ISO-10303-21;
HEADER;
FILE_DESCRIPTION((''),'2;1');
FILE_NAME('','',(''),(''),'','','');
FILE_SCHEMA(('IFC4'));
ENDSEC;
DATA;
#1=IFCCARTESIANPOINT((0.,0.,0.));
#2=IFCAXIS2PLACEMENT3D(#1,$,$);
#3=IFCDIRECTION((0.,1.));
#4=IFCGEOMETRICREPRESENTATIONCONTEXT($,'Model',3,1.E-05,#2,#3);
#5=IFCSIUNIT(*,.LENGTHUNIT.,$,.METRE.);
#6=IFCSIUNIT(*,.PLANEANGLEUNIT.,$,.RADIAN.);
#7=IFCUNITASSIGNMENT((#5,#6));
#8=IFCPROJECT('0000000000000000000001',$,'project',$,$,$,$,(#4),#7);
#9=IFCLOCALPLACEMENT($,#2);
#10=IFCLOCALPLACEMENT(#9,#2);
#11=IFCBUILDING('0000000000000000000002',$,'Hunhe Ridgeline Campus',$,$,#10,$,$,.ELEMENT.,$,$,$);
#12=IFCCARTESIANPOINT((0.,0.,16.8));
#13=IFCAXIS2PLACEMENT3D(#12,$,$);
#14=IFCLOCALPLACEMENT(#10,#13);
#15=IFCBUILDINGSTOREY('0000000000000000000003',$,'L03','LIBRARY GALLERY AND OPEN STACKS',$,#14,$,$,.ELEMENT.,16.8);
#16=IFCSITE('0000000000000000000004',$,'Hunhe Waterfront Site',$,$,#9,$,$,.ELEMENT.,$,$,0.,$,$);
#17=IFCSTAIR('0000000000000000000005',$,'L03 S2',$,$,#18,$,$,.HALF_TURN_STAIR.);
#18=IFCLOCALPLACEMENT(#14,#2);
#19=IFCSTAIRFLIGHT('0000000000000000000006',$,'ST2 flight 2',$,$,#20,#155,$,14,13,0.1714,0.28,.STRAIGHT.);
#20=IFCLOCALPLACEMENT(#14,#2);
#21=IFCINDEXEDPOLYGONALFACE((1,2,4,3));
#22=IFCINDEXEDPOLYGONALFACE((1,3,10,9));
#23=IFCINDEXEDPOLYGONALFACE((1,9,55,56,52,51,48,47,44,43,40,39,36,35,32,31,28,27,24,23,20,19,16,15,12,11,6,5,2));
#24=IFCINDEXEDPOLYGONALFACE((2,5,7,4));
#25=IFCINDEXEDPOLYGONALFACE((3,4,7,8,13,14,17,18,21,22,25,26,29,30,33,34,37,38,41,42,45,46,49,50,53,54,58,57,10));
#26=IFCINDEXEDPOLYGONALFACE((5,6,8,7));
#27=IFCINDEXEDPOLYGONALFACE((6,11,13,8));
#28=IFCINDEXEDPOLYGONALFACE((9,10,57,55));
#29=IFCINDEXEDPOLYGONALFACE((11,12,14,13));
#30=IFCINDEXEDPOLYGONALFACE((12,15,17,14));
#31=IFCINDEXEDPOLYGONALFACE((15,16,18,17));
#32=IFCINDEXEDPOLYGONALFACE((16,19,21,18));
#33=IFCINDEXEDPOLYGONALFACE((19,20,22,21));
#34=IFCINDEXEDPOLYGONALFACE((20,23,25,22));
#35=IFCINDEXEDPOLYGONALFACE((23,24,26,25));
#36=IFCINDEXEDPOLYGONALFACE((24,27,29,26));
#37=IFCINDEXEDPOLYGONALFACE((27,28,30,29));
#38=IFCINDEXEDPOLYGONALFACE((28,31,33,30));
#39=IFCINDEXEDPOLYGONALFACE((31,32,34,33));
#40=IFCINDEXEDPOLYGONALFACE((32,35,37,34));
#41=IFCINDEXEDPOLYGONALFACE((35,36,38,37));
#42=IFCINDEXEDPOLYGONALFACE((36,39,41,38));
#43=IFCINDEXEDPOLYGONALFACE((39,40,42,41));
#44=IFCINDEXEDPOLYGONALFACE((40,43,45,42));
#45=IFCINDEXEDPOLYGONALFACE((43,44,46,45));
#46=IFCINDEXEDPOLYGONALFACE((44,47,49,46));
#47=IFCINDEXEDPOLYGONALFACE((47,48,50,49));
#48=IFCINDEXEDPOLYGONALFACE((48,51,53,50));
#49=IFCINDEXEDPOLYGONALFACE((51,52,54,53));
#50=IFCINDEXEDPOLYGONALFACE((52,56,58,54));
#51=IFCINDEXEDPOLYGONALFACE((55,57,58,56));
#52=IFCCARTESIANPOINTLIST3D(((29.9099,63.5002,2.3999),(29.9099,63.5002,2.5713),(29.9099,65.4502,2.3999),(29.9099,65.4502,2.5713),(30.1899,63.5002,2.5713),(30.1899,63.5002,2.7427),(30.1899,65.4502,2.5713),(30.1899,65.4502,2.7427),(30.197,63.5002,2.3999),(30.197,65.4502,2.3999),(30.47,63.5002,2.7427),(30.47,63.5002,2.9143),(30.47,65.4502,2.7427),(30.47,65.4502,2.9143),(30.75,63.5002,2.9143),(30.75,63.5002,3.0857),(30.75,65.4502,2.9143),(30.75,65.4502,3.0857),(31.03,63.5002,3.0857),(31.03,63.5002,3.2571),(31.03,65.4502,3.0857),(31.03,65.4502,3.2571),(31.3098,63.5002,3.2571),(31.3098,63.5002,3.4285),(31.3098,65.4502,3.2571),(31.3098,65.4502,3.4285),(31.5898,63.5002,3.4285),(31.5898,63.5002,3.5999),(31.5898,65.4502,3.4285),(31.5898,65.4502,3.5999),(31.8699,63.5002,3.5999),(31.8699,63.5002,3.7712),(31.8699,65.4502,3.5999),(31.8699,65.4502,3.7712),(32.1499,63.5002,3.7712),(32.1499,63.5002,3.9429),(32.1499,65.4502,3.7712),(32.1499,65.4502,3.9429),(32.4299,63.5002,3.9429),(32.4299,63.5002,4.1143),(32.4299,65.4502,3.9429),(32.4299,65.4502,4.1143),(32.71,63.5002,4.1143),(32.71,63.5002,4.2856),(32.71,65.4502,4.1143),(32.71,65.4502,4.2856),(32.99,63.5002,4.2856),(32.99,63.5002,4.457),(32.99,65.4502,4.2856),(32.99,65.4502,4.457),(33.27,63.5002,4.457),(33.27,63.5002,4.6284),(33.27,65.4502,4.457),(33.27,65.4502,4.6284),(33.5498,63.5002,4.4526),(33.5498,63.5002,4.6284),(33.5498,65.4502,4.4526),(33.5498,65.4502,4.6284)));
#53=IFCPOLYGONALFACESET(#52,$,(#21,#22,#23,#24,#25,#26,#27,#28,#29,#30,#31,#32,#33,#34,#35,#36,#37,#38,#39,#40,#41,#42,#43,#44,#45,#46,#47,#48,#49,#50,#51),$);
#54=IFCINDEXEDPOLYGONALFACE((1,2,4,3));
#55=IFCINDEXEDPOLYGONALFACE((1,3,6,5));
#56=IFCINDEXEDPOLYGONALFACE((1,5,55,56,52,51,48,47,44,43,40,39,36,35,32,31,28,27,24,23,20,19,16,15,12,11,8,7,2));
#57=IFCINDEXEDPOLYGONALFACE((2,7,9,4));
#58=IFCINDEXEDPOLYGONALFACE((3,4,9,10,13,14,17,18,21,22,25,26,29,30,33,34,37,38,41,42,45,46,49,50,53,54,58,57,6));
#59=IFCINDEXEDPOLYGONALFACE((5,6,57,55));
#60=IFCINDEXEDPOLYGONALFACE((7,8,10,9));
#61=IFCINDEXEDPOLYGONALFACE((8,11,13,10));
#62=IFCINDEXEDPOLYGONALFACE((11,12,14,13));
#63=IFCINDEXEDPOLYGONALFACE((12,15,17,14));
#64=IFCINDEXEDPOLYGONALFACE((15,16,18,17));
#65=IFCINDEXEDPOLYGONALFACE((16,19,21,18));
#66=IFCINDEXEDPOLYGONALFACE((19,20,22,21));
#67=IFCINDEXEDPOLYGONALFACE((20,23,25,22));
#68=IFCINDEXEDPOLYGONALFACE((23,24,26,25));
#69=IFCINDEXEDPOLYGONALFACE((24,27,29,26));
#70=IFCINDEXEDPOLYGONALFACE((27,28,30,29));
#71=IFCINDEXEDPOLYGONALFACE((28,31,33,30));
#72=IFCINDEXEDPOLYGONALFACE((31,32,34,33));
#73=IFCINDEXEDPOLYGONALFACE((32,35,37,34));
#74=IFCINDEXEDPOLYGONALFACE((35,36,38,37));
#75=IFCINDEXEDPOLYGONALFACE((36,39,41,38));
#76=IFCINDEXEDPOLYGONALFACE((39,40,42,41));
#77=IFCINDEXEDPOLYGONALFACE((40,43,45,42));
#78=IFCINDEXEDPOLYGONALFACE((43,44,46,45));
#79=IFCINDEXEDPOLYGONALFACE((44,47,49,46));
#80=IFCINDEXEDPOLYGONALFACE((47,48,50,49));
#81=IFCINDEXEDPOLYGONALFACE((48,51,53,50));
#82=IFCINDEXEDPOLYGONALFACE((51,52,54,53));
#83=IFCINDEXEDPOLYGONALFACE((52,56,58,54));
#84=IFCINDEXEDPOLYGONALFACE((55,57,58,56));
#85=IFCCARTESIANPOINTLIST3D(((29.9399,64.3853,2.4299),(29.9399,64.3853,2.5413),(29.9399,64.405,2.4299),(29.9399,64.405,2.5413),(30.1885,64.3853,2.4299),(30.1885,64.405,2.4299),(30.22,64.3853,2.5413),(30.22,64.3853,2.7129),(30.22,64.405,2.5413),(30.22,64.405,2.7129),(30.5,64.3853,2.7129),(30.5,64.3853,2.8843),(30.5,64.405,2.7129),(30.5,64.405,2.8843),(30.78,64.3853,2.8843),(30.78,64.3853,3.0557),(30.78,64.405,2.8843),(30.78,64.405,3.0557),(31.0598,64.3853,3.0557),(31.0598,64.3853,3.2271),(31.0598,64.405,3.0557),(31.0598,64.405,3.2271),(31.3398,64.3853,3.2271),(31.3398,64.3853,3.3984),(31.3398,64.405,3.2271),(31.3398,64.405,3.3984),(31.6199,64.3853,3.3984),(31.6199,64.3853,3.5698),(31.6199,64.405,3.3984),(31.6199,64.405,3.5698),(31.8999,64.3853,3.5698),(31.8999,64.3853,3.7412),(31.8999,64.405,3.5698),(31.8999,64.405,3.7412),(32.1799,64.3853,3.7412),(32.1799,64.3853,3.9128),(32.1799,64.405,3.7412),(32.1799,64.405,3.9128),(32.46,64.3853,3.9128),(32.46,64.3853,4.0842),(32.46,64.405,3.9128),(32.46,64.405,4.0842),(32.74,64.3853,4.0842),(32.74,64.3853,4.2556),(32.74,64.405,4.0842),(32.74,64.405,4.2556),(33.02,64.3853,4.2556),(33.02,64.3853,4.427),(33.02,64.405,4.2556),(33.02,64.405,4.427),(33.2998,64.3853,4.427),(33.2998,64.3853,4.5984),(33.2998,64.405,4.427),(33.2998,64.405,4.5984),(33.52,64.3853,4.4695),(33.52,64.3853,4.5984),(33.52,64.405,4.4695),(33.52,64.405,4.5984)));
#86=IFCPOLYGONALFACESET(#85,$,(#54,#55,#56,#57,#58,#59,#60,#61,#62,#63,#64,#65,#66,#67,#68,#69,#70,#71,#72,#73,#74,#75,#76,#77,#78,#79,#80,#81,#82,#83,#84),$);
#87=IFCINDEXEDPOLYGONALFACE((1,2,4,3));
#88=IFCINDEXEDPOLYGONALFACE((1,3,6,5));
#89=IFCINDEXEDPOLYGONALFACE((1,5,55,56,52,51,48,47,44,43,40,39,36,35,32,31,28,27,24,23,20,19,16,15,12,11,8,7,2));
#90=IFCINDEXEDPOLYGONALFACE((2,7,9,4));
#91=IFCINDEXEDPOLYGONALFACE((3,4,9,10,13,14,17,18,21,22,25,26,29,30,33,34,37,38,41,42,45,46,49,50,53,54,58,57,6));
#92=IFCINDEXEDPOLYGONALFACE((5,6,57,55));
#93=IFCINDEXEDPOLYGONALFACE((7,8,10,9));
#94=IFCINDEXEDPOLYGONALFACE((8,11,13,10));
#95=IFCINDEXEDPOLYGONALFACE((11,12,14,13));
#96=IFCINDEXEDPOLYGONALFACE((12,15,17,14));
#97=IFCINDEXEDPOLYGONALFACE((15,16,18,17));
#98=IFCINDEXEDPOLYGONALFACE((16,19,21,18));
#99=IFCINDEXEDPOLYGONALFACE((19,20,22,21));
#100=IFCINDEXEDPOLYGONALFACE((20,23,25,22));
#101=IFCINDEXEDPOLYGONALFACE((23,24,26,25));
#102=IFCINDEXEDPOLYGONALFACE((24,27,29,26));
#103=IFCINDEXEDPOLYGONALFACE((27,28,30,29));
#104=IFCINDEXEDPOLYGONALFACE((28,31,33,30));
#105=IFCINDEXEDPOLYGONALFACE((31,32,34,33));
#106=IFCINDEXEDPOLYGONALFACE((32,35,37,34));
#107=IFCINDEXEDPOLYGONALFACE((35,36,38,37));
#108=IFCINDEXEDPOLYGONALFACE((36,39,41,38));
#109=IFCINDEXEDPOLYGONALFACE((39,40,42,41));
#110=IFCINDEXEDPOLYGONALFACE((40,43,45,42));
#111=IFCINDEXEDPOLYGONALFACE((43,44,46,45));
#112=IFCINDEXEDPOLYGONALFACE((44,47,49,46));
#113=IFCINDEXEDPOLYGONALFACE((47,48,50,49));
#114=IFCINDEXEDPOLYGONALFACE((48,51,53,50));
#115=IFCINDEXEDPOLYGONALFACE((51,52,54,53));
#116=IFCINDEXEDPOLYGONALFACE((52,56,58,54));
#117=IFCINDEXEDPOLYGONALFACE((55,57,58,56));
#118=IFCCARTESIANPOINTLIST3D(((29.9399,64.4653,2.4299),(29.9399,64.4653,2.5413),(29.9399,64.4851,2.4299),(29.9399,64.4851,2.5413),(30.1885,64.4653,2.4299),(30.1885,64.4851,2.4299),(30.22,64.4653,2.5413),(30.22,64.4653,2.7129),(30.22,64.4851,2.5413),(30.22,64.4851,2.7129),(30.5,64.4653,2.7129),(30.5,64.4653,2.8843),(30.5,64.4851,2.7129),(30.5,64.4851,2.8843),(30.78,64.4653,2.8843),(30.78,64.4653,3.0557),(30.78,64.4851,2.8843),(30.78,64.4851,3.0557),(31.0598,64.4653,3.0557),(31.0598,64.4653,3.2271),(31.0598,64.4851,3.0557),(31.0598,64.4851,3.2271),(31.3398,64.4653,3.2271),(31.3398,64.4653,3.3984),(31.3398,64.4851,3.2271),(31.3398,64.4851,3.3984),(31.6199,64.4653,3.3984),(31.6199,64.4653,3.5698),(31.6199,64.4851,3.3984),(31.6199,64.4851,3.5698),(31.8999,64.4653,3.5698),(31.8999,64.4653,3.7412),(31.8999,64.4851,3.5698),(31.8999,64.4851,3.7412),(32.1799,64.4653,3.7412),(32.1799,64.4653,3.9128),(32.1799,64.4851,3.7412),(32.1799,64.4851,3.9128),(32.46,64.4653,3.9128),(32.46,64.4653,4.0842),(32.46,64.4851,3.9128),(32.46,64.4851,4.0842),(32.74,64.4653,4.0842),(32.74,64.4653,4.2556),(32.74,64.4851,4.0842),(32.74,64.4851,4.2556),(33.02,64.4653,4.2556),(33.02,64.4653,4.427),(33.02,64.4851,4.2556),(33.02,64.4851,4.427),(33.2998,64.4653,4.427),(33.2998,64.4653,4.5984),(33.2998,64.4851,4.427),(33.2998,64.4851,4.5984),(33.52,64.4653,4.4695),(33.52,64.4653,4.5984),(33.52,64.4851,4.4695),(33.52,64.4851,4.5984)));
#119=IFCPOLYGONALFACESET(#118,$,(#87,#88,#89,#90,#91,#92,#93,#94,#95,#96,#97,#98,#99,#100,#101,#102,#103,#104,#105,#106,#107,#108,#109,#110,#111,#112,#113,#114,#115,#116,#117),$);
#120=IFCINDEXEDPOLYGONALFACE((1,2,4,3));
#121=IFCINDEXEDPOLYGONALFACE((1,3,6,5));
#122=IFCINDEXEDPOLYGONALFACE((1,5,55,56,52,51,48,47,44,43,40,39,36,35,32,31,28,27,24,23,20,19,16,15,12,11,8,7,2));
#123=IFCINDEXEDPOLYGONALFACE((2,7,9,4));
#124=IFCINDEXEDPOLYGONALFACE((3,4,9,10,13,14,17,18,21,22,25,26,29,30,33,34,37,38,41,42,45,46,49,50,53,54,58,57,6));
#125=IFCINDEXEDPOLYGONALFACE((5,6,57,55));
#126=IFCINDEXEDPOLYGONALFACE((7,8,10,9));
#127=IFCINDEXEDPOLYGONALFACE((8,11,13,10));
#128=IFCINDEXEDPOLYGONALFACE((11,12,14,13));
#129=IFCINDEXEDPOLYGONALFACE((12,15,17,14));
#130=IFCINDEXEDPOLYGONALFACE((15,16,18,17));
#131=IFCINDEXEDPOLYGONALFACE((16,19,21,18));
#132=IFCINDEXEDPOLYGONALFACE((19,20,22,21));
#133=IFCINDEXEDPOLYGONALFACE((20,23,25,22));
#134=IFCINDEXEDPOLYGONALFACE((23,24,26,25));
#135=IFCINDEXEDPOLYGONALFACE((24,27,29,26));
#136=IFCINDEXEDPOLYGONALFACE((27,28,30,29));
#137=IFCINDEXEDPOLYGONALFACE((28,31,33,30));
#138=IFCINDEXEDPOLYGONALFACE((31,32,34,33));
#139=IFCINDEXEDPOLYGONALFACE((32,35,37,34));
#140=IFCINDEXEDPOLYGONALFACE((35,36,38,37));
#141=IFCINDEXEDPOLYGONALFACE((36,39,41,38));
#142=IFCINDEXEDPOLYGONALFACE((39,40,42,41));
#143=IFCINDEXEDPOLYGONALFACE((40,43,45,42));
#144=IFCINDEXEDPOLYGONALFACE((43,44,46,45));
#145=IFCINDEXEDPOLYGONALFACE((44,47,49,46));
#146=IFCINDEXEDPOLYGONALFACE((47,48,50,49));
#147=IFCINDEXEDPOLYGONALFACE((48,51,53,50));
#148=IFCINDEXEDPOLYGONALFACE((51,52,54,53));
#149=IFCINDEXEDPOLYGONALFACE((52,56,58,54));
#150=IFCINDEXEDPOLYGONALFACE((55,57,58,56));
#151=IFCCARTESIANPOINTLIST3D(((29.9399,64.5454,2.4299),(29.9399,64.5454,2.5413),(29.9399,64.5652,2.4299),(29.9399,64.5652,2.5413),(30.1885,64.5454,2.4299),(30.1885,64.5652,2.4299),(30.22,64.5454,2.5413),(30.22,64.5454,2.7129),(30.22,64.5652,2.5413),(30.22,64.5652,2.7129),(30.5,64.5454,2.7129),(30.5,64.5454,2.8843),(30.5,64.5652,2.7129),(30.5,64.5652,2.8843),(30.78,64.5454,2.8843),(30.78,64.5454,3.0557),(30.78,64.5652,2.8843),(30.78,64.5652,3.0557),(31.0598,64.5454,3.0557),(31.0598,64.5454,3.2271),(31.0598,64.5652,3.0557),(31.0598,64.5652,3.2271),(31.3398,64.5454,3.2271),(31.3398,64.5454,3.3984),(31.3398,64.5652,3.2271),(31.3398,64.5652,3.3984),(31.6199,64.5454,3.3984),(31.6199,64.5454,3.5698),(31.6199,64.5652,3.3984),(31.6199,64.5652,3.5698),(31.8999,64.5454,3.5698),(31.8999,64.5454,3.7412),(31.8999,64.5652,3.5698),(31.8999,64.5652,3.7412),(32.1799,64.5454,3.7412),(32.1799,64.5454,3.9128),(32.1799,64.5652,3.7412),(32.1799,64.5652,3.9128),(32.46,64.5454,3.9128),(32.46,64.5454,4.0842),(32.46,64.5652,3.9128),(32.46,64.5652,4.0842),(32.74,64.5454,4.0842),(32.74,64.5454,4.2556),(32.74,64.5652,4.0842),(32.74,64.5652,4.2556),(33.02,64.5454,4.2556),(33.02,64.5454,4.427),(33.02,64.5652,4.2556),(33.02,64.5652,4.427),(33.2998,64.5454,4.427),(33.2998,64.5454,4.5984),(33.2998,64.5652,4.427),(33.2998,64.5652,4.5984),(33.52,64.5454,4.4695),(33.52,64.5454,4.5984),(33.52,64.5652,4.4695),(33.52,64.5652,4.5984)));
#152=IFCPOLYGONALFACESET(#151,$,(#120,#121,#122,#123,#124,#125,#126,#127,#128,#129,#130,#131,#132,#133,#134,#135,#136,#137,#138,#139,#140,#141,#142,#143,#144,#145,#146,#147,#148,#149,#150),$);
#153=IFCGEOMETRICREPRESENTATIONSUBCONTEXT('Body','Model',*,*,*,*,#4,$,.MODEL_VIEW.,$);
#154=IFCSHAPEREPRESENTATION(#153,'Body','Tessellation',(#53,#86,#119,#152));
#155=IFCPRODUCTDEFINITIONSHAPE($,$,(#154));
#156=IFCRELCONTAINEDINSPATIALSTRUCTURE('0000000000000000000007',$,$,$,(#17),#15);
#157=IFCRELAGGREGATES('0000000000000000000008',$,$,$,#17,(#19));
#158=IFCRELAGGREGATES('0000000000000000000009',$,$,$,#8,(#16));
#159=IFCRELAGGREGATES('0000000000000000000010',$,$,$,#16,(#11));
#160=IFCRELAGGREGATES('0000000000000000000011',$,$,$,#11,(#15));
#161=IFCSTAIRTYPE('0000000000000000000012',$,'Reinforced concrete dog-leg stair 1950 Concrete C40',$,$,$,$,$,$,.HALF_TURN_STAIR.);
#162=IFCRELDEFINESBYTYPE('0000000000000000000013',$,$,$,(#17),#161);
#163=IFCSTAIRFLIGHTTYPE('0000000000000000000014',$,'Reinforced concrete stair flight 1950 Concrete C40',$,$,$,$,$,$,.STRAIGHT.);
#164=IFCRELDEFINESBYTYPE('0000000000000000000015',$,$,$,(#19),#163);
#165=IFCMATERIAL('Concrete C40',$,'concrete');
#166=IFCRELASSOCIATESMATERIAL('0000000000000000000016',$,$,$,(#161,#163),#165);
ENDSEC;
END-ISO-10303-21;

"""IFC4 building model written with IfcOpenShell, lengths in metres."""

from ifc_helpers import new_model, si_unit, direction, frame, origin, place, context, subcontext, project, spatial, polyline, outline, extrude, material, type_object, element, aggregate, save


model = new_model("IFC4")

# Units and contexts
model_context = context("Model", 3, precision=1e-05, world=origin(), true_north=direction((0.0, 1.0)))
body_context = subcontext(model_context, "Body", "Model", "MODEL_VIEW")
ifc_project = project(units=[si_unit("LENGTHUNIT", "METRE"), si_unit("PLANEANGLEUNIT", "RADIAN")], contexts=[model_context])

# Site, building, storey
site_placement = place(None, origin())
site = spatial("IfcSite", under=ifc_project, at=site_placement, Name="Hunhe Waterfront Site", CompositionType="ELEMENT", RefElevation=0.0)
building_placement = place(site_placement, origin())
building = spatial("IfcBuilding", under=site, at=building_placement, Name="Hunhe Ridgeline Campus", CompositionType="ELEMENT")
storey_placement = place(building_placement, frame((0.0, 0.0, 16.8)))
storey = spatial("IfcBuildingStorey", under=building, at=storey_placement, Name="L03", Description="LIBRARY GALLERY AND OPEN STACKS", CompositionType="ELEMENT", Elevation=16.8)

# Stair, stair flight
ifc_material_1 = material(Name="Concrete C40", Category="concrete")
stair_type = type_object("IfcStairType", Name="Reinforced concrete dog-leg stair 1950 Concrete C40", PredefinedType="HALF_TURN_STAIR", material=ifc_material_1)
stair_placement = place(storey_placement, origin())
stair = element("IfcStair", 1, at=stair_placement, inside=storey, type_object=stair_type, Name="L03 S2", PredefinedType="HALF_TURN_STAIR")
stair_flight_type = type_object("IfcStairFlightType", Name="Reinforced concrete stair flight 1950 Concrete C40", PredefinedType="STRAIGHT", material=ifc_material_1)
stair_flight_1_placement = place(storey_placement, frame((29.9099, 64.4751, 2.3999), z_axis=(0.0, 0.0, 1.0), x_axis=(1.0, 0.0, 0.0)))
stair_flight_1 = element("IfcStairFlight", 2, at=stair_flight_1_placement, type_object=stair_flight_type, Name="ST2 flight 2", NumberOfRisers=14, NumberOfTreads=13, PredefinedType="STRAIGHT", RiserHeight=0.1714, TreadLength=0.28, context=body_context, shape_type="SweptSolid", body=[
    extrude(outline(polyline([(0.0, 0.0), (0.0, 0.1714), (0.28, 0.1714), (0.28, 0.3428), (0.5601, 0.3428), (0.5601, 0.5144), (0.8401, 0.5144), (0.8401, 0.6858), (1.1201, 0.6858), (1.1201, 0.8572), (1.3999, 0.8572), (1.3999, 1.0286), (1.6799, 1.0286), (1.6799, 1.2), (1.96, 1.2), (1.96, 1.3713), (2.24, 1.3713), (2.24, 1.543), (2.52, 1.543), (2.52, 1.7144), (2.8, 1.7144), (2.8, 1.8857), (3.0801, 1.8857), (3.0801, 2.0571), (3.3601, 2.0571), (3.3601, 2.2285), (3.6399, 2.2285), (3.6399, 2.3999), (3.6399, 2.0527), (0.2871, 0.0), (0.0, 0.0)])), frame((0.0, 0.9751, 0.0), z_axis=(0.0, -1.0, 0.0), x_axis=(1.0, 0.0, 0.0)), (0.0, 0.0, 1.0), 1.95),
    extrude(outline(polyline([(0.03, 0.03), (0.03, 0.1414), (0.3101, 0.1414), (0.3101, 0.313), (0.5901, 0.313), (0.5901, 0.4844), (0.8701, 0.4844), (0.8701, 0.6558), (1.1499, 0.6558), (1.1499, 0.8271), (1.4299, 0.8271), (1.4299, 0.9985), (1.71, 0.9985), (1.71, 1.1699), (1.99, 1.1699), (1.99, 1.3413), (2.27, 1.3413), (2.27, 1.5129), (2.55, 1.5129), (2.55, 1.6843), (2.8301, 1.6843), (2.8301, 1.8557), (3.1101, 1.8557), (3.1101, 2.0271), (3.3899, 2.0271), (3.3899, 2.1985), (3.6101, 2.1985), (3.6101, 2.0696), (0.2786, 0.03), (0.03, 0.03)])), frame((0.0, -0.0701, 0.0), z_axis=(0.0, -1.0, 0.0), x_axis=(1.0, 0.0, 0.0)), (0.0, 0.0, 1.0), 0.0198),
    extrude(outline(polyline([(0.03, 0.03), (0.03, 0.1414), (0.3101, 0.1414), (0.3101, 0.313), (0.5901, 0.313), (0.5901, 0.4844), (0.8701, 0.4844), (0.8701, 0.6558), (1.1499, 0.6558), (1.1499, 0.8271), (1.4299, 0.8271), (1.4299, 0.9985), (1.71, 0.9985), (1.71, 1.1699), (1.99, 1.1699), (1.99, 1.3413), (2.27, 1.3413), (2.27, 1.5129), (2.55, 1.5129), (2.55, 1.6843), (2.8301, 1.6843), (2.8301, 1.8557), (3.1101, 1.8557), (3.1101, 2.0271), (3.3899, 2.0271), (3.3899, 2.1985), (3.6101, 2.1985), (3.6101, 2.0696), (0.2786, 0.03), (0.03, 0.03)])), frame((0.0, 0.01, 0.0), z_axis=(0.0, -1.0, 0.0), x_axis=(1.0, 0.0, 0.0)), (0.0, 0.0, 1.0), 0.0198),
    extrude(outline(polyline([(0.03, 0.03), (0.03, 0.1414), (0.3101, 0.1414), (0.3101, 0.313), (0.5901, 0.313), (0.5901, 0.4844), (0.8701, 0.4844), (0.8701, 0.6558), (1.1499, 0.6558), (1.1499, 0.8271), (1.4299, 0.8271), (1.4299, 0.9985), (1.71, 0.9985), (1.71, 1.1699), (1.99, 1.1699), (1.99, 1.3413), (2.27, 1.3413), (2.27, 1.5129), (2.55, 1.5129), (2.55, 1.6843), (2.8301, 1.6843), (2.8301, 1.8557), (3.1101, 1.8557), (3.1101, 2.0271), (3.3899, 2.0271), (3.3899, 2.1985), (3.6101, 2.1985), (3.6101, 2.0696), (0.2786, 0.03), (0.03, 0.03)])), frame((0.0, 0.0901, 0.0), z_axis=(0.0, -1.0, 0.0), x_axis=(1.0, 0.0, 0.0)), (0.0, 0.0, 1.0), 0.0198),
])
aggregate(stair, [stair_flight_1])

save(model, "model.ifc")
